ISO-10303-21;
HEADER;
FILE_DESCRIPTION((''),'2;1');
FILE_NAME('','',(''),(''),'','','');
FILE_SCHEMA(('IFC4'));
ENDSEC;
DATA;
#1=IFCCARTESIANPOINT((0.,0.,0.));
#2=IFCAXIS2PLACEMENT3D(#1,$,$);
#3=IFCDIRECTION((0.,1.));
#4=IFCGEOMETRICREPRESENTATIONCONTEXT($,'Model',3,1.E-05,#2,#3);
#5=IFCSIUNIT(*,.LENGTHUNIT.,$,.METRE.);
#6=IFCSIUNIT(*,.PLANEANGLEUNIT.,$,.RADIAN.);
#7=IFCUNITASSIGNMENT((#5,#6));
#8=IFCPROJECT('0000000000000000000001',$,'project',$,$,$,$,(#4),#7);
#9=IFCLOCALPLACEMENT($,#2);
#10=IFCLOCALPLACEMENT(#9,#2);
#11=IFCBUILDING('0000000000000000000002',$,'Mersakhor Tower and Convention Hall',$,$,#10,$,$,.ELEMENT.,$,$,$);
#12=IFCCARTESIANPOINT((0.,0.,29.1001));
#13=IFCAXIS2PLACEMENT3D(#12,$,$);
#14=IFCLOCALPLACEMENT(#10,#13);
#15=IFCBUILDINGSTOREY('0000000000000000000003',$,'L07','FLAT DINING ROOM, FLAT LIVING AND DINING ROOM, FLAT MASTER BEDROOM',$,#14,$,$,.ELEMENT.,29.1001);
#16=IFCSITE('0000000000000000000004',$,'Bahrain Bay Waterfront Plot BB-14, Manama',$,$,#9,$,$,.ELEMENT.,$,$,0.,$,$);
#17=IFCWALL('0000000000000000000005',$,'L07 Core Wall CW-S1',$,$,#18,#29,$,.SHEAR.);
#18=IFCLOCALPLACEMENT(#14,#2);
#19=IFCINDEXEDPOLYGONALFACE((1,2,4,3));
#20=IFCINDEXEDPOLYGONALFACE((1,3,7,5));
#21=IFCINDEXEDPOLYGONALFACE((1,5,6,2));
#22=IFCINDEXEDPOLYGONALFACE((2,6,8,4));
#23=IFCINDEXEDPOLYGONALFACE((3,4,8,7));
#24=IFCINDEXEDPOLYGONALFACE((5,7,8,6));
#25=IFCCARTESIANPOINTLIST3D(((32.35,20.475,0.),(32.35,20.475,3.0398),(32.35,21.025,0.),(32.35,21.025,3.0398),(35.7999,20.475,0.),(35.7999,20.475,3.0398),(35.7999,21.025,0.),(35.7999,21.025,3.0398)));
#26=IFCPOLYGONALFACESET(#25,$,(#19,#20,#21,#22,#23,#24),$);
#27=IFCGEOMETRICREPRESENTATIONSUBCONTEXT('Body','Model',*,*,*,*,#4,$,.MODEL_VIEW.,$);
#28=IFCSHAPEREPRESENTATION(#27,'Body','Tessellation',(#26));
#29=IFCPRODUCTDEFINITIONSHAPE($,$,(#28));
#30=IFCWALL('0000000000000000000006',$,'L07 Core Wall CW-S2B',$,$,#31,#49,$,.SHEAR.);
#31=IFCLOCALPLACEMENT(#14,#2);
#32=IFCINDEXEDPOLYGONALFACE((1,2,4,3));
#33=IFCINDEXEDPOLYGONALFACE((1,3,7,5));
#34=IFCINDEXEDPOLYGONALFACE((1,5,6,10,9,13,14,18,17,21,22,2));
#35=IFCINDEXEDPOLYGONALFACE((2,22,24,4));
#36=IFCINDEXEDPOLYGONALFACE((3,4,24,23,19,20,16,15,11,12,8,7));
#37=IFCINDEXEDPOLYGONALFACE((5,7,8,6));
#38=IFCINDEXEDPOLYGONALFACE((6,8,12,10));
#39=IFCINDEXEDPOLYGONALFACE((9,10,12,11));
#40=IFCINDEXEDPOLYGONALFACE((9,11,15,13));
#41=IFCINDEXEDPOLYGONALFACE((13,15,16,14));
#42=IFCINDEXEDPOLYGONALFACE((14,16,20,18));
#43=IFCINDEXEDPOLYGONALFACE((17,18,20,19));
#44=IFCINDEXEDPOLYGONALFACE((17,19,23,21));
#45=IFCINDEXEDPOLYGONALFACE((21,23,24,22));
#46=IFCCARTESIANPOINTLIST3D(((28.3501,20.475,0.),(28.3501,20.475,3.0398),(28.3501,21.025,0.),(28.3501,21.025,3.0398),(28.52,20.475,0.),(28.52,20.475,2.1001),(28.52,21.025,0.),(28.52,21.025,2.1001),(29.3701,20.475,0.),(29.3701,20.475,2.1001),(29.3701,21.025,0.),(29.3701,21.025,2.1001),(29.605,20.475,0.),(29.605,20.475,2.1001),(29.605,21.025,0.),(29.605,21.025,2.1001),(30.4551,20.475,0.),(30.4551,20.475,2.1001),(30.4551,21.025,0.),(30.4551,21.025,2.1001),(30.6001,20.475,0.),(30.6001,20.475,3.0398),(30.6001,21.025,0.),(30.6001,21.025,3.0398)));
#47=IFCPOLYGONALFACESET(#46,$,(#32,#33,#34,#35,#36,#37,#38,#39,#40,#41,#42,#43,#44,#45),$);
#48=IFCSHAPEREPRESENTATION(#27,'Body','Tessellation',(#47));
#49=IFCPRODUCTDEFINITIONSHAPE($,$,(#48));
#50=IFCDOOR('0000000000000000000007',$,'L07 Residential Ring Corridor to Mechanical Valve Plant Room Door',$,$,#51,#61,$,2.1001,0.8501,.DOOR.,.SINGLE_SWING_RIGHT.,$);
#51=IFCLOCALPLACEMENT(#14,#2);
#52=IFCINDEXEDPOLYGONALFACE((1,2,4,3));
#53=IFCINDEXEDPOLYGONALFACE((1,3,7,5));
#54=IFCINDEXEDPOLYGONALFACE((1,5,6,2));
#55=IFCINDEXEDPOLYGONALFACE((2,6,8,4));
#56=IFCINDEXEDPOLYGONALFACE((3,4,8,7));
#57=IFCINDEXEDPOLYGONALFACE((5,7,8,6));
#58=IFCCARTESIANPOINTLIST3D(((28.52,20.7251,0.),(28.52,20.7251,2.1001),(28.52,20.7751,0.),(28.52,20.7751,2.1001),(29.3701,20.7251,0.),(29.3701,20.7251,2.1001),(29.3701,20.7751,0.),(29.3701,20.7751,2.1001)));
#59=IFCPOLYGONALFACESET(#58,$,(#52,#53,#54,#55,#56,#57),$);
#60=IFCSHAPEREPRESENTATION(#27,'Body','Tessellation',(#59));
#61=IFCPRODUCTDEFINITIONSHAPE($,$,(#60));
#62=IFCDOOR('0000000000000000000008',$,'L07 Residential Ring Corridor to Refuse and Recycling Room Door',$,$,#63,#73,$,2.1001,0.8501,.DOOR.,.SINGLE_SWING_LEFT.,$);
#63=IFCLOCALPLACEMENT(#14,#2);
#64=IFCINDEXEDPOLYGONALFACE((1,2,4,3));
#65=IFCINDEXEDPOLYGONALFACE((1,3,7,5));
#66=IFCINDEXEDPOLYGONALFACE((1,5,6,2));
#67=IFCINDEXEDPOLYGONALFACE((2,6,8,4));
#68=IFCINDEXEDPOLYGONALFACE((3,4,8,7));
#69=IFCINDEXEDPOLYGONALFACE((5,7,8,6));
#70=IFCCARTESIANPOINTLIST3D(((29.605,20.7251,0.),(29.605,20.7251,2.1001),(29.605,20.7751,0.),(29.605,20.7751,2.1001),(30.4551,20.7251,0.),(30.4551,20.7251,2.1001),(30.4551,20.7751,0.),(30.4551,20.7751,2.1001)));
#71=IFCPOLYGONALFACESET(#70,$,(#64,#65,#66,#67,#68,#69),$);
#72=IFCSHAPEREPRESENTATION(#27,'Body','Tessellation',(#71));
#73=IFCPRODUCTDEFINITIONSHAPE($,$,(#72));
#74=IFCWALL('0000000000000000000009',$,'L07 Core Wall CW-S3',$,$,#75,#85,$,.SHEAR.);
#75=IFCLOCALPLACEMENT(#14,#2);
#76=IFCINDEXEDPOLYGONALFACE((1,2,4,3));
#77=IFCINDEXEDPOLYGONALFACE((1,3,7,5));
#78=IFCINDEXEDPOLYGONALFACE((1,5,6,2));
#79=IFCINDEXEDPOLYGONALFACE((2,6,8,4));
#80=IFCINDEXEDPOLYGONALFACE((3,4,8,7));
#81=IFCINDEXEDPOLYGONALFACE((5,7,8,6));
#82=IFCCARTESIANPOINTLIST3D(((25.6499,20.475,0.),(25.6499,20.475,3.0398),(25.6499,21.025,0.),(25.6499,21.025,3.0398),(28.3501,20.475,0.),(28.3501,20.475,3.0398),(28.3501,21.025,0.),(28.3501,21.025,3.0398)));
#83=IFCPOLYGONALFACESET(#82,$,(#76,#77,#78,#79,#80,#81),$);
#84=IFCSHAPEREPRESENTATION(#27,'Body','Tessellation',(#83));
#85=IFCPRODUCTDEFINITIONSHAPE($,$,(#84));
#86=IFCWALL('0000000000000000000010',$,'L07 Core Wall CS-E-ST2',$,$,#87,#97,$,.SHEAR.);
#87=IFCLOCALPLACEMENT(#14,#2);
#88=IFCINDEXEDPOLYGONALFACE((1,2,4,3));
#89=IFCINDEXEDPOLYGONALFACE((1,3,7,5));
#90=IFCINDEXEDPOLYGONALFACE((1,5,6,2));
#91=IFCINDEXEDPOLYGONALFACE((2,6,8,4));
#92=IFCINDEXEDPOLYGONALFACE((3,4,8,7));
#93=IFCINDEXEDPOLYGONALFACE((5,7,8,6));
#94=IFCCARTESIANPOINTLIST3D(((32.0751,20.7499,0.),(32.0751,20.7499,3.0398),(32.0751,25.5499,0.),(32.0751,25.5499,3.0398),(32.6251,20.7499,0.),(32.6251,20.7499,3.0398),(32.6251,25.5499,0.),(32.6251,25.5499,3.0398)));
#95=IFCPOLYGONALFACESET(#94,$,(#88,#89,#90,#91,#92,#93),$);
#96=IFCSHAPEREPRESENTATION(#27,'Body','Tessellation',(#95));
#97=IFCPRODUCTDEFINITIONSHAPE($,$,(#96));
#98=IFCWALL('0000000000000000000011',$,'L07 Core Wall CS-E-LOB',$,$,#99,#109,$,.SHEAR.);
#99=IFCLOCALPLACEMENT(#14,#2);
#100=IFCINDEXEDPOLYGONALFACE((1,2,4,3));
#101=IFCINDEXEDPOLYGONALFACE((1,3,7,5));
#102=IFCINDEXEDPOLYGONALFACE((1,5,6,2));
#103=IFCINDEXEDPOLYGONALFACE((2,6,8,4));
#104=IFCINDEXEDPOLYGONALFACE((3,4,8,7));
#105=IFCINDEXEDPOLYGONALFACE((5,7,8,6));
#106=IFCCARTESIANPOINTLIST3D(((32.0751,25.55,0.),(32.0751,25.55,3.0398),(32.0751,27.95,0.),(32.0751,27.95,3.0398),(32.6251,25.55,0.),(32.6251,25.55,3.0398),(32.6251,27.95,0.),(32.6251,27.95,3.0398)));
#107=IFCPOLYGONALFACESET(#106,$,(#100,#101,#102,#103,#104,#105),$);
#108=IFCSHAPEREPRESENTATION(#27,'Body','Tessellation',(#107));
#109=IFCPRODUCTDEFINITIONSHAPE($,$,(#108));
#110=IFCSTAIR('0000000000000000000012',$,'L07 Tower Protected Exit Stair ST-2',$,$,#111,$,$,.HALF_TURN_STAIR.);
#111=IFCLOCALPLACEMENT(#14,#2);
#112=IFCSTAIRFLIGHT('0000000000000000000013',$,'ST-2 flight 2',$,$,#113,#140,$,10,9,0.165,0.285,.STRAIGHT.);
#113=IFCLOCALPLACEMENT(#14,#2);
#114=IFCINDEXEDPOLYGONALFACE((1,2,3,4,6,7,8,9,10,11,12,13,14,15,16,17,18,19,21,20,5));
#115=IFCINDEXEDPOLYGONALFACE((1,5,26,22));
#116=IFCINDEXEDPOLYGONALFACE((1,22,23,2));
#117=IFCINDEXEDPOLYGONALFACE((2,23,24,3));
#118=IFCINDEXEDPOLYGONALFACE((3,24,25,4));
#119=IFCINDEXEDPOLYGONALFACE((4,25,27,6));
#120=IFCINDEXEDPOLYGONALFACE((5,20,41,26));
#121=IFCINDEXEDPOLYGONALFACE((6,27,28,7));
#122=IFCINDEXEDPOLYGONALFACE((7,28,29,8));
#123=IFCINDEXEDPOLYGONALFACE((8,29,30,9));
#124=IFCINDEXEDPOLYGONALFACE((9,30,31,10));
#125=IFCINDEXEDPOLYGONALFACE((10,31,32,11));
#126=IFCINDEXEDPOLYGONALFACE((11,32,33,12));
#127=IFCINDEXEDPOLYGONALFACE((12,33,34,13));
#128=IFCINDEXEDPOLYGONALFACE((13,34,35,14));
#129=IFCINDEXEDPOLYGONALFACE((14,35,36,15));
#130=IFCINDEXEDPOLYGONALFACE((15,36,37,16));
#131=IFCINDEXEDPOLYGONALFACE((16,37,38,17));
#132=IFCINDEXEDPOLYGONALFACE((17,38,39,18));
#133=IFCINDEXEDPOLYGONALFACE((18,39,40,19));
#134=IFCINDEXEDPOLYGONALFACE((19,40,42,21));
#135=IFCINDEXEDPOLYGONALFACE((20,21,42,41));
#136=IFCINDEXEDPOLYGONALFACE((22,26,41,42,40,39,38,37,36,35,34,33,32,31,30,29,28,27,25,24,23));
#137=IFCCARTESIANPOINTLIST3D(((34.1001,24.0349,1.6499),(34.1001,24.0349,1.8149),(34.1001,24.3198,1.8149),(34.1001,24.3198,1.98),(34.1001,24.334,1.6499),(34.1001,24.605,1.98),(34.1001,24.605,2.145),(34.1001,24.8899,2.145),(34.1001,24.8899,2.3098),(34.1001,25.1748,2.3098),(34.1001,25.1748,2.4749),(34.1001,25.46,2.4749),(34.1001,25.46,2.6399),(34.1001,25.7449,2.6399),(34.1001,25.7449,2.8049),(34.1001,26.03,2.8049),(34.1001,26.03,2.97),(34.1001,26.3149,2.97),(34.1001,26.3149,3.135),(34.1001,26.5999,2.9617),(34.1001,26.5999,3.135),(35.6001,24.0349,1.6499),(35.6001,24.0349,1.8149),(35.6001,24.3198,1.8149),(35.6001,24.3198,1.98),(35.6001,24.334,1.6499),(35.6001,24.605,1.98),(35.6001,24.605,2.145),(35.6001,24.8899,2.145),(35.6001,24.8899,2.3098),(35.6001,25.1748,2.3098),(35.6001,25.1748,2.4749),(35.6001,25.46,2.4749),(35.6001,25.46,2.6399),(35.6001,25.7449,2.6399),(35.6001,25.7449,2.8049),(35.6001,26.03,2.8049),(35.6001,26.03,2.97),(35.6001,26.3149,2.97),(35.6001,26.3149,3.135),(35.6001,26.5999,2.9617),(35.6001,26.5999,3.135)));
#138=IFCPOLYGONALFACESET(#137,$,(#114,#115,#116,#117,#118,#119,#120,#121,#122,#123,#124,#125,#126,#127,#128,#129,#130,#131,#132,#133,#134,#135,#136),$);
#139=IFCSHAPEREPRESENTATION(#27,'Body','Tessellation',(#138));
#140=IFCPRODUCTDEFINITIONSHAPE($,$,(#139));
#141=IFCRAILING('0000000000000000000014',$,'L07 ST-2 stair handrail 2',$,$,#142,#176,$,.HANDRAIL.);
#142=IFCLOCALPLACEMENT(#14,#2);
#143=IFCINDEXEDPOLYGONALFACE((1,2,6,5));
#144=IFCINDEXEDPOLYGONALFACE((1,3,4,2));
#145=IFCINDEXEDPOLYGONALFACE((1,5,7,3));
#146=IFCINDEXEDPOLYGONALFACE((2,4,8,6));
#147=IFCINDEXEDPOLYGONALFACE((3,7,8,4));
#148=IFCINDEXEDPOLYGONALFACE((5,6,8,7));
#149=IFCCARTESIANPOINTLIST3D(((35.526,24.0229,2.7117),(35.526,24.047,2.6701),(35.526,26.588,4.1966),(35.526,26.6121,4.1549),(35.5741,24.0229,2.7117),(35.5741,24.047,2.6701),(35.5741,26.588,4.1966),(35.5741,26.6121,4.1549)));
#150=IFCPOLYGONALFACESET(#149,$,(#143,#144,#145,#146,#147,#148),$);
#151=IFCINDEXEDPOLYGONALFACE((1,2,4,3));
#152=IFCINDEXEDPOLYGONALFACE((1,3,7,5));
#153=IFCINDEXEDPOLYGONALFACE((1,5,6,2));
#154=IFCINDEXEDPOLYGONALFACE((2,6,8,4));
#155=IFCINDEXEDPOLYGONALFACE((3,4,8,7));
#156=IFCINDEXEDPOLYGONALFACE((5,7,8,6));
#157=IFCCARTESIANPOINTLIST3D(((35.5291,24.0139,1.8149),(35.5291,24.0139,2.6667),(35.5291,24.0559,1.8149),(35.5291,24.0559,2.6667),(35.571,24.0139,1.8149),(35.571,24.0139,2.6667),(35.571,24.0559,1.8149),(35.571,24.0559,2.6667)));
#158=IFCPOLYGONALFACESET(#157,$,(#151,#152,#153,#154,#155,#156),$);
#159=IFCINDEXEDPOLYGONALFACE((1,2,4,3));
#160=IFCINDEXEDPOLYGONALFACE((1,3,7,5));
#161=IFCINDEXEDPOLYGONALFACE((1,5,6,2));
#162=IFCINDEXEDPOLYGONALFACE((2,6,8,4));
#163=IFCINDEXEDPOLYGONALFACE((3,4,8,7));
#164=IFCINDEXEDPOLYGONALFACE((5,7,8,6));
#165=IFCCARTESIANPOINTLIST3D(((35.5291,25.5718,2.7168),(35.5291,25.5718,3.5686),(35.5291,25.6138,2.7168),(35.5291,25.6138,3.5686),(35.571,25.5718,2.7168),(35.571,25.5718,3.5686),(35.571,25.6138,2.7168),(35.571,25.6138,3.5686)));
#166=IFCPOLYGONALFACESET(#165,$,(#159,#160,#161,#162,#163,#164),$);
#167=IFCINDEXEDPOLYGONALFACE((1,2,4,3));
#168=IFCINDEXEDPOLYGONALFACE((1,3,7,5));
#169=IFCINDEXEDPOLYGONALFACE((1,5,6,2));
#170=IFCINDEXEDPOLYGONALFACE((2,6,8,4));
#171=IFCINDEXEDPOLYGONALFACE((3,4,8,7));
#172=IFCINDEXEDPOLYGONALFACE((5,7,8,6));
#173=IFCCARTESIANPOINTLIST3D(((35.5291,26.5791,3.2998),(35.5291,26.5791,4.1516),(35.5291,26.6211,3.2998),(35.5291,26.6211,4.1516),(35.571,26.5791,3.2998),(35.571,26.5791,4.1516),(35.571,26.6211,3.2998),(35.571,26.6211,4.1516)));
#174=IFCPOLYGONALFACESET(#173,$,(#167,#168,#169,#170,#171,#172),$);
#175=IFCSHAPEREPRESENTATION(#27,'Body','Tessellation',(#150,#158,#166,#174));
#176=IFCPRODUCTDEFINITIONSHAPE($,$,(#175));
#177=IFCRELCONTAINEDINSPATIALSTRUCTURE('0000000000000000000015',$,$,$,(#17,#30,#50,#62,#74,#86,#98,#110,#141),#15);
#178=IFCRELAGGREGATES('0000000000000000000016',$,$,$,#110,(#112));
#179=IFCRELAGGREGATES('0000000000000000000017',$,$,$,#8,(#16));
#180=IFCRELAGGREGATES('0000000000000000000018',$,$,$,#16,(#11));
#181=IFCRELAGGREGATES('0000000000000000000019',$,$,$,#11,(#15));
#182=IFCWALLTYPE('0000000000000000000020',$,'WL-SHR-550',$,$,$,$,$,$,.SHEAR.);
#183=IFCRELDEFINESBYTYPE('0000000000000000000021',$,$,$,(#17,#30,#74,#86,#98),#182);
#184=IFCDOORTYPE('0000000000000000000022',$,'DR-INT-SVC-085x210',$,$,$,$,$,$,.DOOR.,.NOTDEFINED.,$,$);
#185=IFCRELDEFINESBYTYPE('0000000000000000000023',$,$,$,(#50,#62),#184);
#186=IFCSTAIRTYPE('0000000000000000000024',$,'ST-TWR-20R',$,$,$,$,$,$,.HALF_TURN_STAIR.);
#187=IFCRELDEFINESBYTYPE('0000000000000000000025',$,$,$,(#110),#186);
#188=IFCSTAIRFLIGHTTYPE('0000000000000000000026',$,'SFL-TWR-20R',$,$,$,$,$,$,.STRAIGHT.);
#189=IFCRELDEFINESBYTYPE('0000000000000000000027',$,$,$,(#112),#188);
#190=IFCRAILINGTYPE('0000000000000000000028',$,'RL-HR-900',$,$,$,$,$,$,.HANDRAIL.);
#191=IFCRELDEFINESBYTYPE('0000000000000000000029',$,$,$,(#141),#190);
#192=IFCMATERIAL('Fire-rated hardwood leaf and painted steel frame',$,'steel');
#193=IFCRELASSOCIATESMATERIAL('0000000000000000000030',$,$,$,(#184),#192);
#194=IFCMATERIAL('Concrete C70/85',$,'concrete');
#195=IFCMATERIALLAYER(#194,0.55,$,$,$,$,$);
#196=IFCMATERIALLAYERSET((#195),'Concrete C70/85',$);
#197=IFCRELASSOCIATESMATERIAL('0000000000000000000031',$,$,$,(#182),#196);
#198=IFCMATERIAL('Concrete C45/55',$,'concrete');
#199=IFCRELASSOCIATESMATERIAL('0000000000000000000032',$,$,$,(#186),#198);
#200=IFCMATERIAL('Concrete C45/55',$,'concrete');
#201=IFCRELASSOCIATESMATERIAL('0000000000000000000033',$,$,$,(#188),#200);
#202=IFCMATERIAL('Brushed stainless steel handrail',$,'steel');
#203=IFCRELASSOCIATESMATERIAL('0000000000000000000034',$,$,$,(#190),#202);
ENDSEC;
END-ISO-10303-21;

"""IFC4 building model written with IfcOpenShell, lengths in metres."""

from ifc_helpers import new_model, si_unit, direction, frame, frame_2d, origin, origin_2d, place, context, subcontext, project, spatial, polyline, rectangle, outline, extrude, material, layer, layer_set, type_object, element, fill, aggregate, save


model = new_model("IFC4")

# Units and contexts
model_context = context("Model", 3, precision=1e-05, world=origin(), true_north=direction((0.0, 1.0)))
body_context = subcontext(model_context, "Body", "Model", "MODEL_VIEW")
ifc_project = project(units=[si_unit("LENGTHUNIT", "METRE"), si_unit("PLANEANGLEUNIT", "RADIAN")], contexts=[model_context])

# Site, building, storey
site_placement = place(None, origin())
site = spatial("IfcSite", under=ifc_project, at=site_placement, Name="Bahrain Bay Waterfront Plot BB-14, Manama", CompositionType="ELEMENT", RefElevation=0.0)
building_placement = place(site_placement, origin())
building = spatial("IfcBuilding", under=site, at=building_placement, Name="Mersakhor Tower and Convention Hall", CompositionType="ELEMENT")
storey_placement = place(building_placement, frame((0.0, 0.0, 29.1001)))
storey = spatial("IfcBuildingStorey", under=building, at=storey_placement, Name="L07", Description="FLAT DINING ROOM, FLAT LIVING AND DINING ROOM, FLAT MASTER BEDROOM", CompositionType="ELEMENT", Elevation=29.1001)

# Shared definitions
ifc_material_1 = material(Name="Fire-rated hardwood leaf and painted steel frame", Category="steel")
door_type_1 = type_object("IfcDoorType", Name="DR-INT-SVC-085x210", OperationType="NOTDEFINED", PredefinedType="DOOR", material=ifc_material_1)

# Wall
ifc_material_2 = material(Name="Concrete C70/85", Category="concrete")
ifc_layer_1 = layer(ifc_material_2, 0.55)
ifc_layer_set_1 = layer_set([ifc_layer_1], Name="Concrete C70/85")
wall_type_1 = type_object("IfcWallType", Name="WL-SHR-550", PredefinedType="SHEAR", material=ifc_layer_set_1)
wall_1_placement = place(storey_placement, frame((35.8, 20.75, 0.0), z_axis=(0.0, 0.0, 1.0), x_axis=(-1.0, 0.0, 0.0)))
element("IfcWall", 1, at=wall_1_placement, inside=storey, type_object=wall_type_1, Name="L07 Core Wall CW-S1", PredefinedType="SHEAR", context=body_context, shape_type="SweptSolid", body=[
    extrude(rectangle(XDim=3.45, YDim=0.55, at=frame_2d((1.7251, 0.0))), origin(), (0.0, 0.0, 1.0), 3.0398),
])

# Wall, openings, doors
wall_2_placement = place(storey_placement, frame((30.6001, 20.75, 0.0), z_axis=(0.0, 0.0, 1.0), x_axis=(-1.0, 0.0, 0.0)))
wall_2 = element("IfcWall", 2, at=wall_2_placement, inside=storey, type_object=wall_type_1, Name="L07 Core Wall CW-S2B", PredefinedType="SHEAR", context=body_context, shape_type="SweptSolid", body=[
    extrude(rectangle(XDim=2.25, YDim=0.55, at=frame_2d((1.125, 0.0))), origin(), (0.0, 0.0, 1.0), 3.0398),
])
opening_1_placement = place(wall_2_placement, frame((1.23, 0.0, 0.0)))
opening_1 = element("IfcOpeningElement", 3, at=opening_1_placement, cuts=wall_2, PredefinedType="OPENING", context=body_context, shape_type="SweptSolid", body=[
    extrude(rectangle(XDim=0.8501, YDim=2.1001, at=frame_2d((0.425, 1.05))), frame((0.0, 0.2849, 0.0), z_axis=(0.0, -1.0, 0.0), x_axis=(1.0, 0.0, 0.0)), (0.0, 0.0, 1.0), 0.5701),
])
opening_2_placement = place(wall_2_placement, frame((0.145, 0.0, 0.0)))
opening_2 = element("IfcOpeningElement", 4, at=opening_2_placement, cuts=wall_2, PredefinedType="OPENING", context=body_context, shape_type="SweptSolid", body=[
    extrude(rectangle(XDim=0.8501, YDim=2.1001, at=frame_2d((0.425, 1.05))), frame((0.0, 0.2849, 0.0), z_axis=(0.0, -1.0, 0.0), x_axis=(1.0, 0.0, 0.0)), (0.0, 0.0, 1.0), 0.5701),
])
door_1_placement = place(opening_1_placement, origin())
door_1 = element("IfcDoor", 5, at=door_1_placement, inside=storey, type_object=door_type_1, Name="L07 Residential Ring Corridor to Mechanical Valve Plant Room Door", OperationType="SINGLE_SWING_RIGHT", OverallHeight=2.1001, OverallWidth=0.8501, PredefinedType="DOOR", context=body_context, shape_type="SweptSolid", body=[
    extrude(rectangle(XDim=0.8501, YDim=2.1001, at=frame_2d((0.425, 1.05))), frame((0.0, 0.0249, 0.0), z_axis=(0.0, -1.0, 0.0), x_axis=(1.0, 0.0, 0.0)), (0.0, 0.0, 1.0), 0.05),
])
fill(opening_1, door_1)
door_2_placement = place(opening_2_placement, origin())
door_2 = element("IfcDoor", 6, at=door_2_placement, inside=storey, type_object=door_type_1, Name="L07 Residential Ring Corridor to Refuse and Recycling Room Door", OperationType="SINGLE_SWING_LEFT", OverallHeight=2.1001, OverallWidth=0.8501, PredefinedType="DOOR", context=body_context, shape_type="SweptSolid", body=[
    extrude(rectangle(XDim=0.8501, YDim=2.1001, at=frame_2d((0.425, 1.05))), frame((0.0, 0.0249, 0.0), z_axis=(0.0, -1.0, 0.0), x_axis=(1.0, 0.0, 0.0)), (0.0, 0.0, 1.0), 0.05),
])
fill(opening_2, door_2)

# Walls
wall_3_placement = place(storey_placement, frame((28.3501, 20.75, 0.0), z_axis=(0.0, 0.0, 1.0), x_axis=(-1.0, 0.0, 0.0)))
element("IfcWall", 7, at=wall_3_placement, inside=storey, type_object=wall_type_1, Name="L07 Core Wall CW-S3", PredefinedType="SHEAR", context=body_context, shape_type="SweptSolid", body=[
    extrude(rectangle(XDim=2.7002, YDim=0.55, at=frame_2d((1.3501, 0.0))), origin(), (0.0, 0.0, 1.0), 3.0398),
])
wall_4_placement = place(storey_placement, frame((32.3501, 20.75, 0.0), z_axis=(0.0, 0.0, 1.0), x_axis=(0.0, 1.0, 0.0)))
element("IfcWall", 8, at=wall_4_placement, inside=storey, type_object=wall_type_1, Name="L07 Core Wall CS-E-ST2", PredefinedType="SHEAR", context=body_context, shape_type="SweptSolid", body=[
    extrude(rectangle(XDim=4.8, YDim=0.55, at=frame_2d((2.3999, 0.0))), origin(), (0.0, 0.0, 1.0), 3.0398),
])
wall_5_placement = place(storey_placement, frame((32.3501, 25.55, 0.0), z_axis=(0.0, 0.0, 1.0), x_axis=(0.0, 1.0, 0.0)))
element("IfcWall", 9, at=wall_5_placement, inside=storey, type_object=wall_type_1, Name="L07 Core Wall CS-E-LOB", PredefinedType="SHEAR", context=body_context, shape_type="SweptSolid", body=[
    extrude(rectangle(XDim=2.3999, YDim=0.55, at=frame_2d((1.2, 0.0))), origin(), (0.0, 0.0, 1.0), 3.0398),
])

# Stair, stair flight
ifc_material_3 = material(Name="Concrete C45/55", Category="concrete")
stair_type = type_object("IfcStairType", Name="ST-TWR-20R", PredefinedType="HALF_TURN_STAIR", material=ifc_material_3)
stair_placement = place(storey_placement, origin())
stair = element("IfcStair", 10, at=stair_placement, inside=storey, type_object=stair_type, Name="L07 Tower Protected Exit Stair ST-2", PredefinedType="HALF_TURN_STAIR")
ifc_material_4 = material(Name="Concrete C45/55", Category="concrete")
stair_flight_type = type_object("IfcStairFlightType", Name="SFL-TWR-20R", PredefinedType="STRAIGHT", material=ifc_material_4)
stair_flight_placement = place(storey_placement, frame((34.8501, 24.0349, 1.6499), z_axis=(0.0, 0.0, 1.0), x_axis=(0.0, 1.0, 0.0)))
stair_flight = element("IfcStairFlight", 11, at=stair_flight_placement, type_object=stair_flight_type, Name="ST-2 flight 2", NumberOfRisers=10, NumberOfTreads=9, PredefinedType="STRAIGHT", RiserHeight=0.165, TreadLength=0.285, context=body_context, shape_type="SweptSolid", body=[
    extrude(outline(polyline([(0.0, 0.0), (0.0, 0.165), (0.2849, 0.165), (0.2849, 0.3301), (0.5701, 0.3301), (0.5701, 0.4951), (0.855, 0.4951), (0.855, 0.6599), (1.1399, 0.6599), (1.1399, 0.825), (1.425, 0.825), (1.425, 0.99), (1.71, 0.99), (1.71, 1.155), (1.9951, 1.155), (1.9951, 1.3201), (2.28, 1.3201), (2.28, 1.4851), (2.5649, 1.4851), (2.5649, 1.6499), (2.5649, 1.3118), (0.2991, 0.0), (0.0, 0.0)])), frame((0.0, 0.75, 0.0), z_axis=(0.0, -1.0, 0.0), x_axis=(1.0, 0.0, 0.0)), (0.0, 0.0, 1.0), 1.5),
])
aggregate(stair, [stair_flight])

# Railing
ifc_material_5 = material(Name="Brushed stainless steel handrail", Category="steel")
railing_type_1 = type_object("IfcRailingType", Name="RL-HR-900", PredefinedType="HANDRAIL", material=ifc_material_5)
railing_1_placement = place(storey_placement, frame((35.55, 24.0349, 1.8149)))
element("IfcRailing", 12, at=railing_1_placement, inside=storey, type_object=railing_type_1, Name="L07 ST-2 stair handrail 2", PredefinedType="HANDRAIL", context=body_context, shape_type="SweptSolid", body=[
    extrude(rectangle(XDim=0.0481, YDim=0.0481, at=origin_2d()), frame((0.0, 0.0, 0.876), z_axis=(0.0, 0.865462, 0.500975), x_axis=(-1.0, 0.0, 0.0)), (0.0, 0.0, 1.0), 2.9639),
    extrude(rectangle(XDim=0.042, YDim=0.042, at=origin_2d()), origin(), (0.0, 0.0, 1.0), 0.8518),
    extrude(rectangle(XDim=0.042, YDim=0.042, at=origin_2d()), frame((0.0, 1.5579, 0.9019)), (0.0, 0.0, 1.0), 0.8518),
    extrude(rectangle(XDim=0.042, YDim=0.042, at=origin_2d()), frame((0.0, 2.5652, 1.4849)), (0.0, 0.0, 1.0), 0.8518),
])

save(model, "model.ifc")
